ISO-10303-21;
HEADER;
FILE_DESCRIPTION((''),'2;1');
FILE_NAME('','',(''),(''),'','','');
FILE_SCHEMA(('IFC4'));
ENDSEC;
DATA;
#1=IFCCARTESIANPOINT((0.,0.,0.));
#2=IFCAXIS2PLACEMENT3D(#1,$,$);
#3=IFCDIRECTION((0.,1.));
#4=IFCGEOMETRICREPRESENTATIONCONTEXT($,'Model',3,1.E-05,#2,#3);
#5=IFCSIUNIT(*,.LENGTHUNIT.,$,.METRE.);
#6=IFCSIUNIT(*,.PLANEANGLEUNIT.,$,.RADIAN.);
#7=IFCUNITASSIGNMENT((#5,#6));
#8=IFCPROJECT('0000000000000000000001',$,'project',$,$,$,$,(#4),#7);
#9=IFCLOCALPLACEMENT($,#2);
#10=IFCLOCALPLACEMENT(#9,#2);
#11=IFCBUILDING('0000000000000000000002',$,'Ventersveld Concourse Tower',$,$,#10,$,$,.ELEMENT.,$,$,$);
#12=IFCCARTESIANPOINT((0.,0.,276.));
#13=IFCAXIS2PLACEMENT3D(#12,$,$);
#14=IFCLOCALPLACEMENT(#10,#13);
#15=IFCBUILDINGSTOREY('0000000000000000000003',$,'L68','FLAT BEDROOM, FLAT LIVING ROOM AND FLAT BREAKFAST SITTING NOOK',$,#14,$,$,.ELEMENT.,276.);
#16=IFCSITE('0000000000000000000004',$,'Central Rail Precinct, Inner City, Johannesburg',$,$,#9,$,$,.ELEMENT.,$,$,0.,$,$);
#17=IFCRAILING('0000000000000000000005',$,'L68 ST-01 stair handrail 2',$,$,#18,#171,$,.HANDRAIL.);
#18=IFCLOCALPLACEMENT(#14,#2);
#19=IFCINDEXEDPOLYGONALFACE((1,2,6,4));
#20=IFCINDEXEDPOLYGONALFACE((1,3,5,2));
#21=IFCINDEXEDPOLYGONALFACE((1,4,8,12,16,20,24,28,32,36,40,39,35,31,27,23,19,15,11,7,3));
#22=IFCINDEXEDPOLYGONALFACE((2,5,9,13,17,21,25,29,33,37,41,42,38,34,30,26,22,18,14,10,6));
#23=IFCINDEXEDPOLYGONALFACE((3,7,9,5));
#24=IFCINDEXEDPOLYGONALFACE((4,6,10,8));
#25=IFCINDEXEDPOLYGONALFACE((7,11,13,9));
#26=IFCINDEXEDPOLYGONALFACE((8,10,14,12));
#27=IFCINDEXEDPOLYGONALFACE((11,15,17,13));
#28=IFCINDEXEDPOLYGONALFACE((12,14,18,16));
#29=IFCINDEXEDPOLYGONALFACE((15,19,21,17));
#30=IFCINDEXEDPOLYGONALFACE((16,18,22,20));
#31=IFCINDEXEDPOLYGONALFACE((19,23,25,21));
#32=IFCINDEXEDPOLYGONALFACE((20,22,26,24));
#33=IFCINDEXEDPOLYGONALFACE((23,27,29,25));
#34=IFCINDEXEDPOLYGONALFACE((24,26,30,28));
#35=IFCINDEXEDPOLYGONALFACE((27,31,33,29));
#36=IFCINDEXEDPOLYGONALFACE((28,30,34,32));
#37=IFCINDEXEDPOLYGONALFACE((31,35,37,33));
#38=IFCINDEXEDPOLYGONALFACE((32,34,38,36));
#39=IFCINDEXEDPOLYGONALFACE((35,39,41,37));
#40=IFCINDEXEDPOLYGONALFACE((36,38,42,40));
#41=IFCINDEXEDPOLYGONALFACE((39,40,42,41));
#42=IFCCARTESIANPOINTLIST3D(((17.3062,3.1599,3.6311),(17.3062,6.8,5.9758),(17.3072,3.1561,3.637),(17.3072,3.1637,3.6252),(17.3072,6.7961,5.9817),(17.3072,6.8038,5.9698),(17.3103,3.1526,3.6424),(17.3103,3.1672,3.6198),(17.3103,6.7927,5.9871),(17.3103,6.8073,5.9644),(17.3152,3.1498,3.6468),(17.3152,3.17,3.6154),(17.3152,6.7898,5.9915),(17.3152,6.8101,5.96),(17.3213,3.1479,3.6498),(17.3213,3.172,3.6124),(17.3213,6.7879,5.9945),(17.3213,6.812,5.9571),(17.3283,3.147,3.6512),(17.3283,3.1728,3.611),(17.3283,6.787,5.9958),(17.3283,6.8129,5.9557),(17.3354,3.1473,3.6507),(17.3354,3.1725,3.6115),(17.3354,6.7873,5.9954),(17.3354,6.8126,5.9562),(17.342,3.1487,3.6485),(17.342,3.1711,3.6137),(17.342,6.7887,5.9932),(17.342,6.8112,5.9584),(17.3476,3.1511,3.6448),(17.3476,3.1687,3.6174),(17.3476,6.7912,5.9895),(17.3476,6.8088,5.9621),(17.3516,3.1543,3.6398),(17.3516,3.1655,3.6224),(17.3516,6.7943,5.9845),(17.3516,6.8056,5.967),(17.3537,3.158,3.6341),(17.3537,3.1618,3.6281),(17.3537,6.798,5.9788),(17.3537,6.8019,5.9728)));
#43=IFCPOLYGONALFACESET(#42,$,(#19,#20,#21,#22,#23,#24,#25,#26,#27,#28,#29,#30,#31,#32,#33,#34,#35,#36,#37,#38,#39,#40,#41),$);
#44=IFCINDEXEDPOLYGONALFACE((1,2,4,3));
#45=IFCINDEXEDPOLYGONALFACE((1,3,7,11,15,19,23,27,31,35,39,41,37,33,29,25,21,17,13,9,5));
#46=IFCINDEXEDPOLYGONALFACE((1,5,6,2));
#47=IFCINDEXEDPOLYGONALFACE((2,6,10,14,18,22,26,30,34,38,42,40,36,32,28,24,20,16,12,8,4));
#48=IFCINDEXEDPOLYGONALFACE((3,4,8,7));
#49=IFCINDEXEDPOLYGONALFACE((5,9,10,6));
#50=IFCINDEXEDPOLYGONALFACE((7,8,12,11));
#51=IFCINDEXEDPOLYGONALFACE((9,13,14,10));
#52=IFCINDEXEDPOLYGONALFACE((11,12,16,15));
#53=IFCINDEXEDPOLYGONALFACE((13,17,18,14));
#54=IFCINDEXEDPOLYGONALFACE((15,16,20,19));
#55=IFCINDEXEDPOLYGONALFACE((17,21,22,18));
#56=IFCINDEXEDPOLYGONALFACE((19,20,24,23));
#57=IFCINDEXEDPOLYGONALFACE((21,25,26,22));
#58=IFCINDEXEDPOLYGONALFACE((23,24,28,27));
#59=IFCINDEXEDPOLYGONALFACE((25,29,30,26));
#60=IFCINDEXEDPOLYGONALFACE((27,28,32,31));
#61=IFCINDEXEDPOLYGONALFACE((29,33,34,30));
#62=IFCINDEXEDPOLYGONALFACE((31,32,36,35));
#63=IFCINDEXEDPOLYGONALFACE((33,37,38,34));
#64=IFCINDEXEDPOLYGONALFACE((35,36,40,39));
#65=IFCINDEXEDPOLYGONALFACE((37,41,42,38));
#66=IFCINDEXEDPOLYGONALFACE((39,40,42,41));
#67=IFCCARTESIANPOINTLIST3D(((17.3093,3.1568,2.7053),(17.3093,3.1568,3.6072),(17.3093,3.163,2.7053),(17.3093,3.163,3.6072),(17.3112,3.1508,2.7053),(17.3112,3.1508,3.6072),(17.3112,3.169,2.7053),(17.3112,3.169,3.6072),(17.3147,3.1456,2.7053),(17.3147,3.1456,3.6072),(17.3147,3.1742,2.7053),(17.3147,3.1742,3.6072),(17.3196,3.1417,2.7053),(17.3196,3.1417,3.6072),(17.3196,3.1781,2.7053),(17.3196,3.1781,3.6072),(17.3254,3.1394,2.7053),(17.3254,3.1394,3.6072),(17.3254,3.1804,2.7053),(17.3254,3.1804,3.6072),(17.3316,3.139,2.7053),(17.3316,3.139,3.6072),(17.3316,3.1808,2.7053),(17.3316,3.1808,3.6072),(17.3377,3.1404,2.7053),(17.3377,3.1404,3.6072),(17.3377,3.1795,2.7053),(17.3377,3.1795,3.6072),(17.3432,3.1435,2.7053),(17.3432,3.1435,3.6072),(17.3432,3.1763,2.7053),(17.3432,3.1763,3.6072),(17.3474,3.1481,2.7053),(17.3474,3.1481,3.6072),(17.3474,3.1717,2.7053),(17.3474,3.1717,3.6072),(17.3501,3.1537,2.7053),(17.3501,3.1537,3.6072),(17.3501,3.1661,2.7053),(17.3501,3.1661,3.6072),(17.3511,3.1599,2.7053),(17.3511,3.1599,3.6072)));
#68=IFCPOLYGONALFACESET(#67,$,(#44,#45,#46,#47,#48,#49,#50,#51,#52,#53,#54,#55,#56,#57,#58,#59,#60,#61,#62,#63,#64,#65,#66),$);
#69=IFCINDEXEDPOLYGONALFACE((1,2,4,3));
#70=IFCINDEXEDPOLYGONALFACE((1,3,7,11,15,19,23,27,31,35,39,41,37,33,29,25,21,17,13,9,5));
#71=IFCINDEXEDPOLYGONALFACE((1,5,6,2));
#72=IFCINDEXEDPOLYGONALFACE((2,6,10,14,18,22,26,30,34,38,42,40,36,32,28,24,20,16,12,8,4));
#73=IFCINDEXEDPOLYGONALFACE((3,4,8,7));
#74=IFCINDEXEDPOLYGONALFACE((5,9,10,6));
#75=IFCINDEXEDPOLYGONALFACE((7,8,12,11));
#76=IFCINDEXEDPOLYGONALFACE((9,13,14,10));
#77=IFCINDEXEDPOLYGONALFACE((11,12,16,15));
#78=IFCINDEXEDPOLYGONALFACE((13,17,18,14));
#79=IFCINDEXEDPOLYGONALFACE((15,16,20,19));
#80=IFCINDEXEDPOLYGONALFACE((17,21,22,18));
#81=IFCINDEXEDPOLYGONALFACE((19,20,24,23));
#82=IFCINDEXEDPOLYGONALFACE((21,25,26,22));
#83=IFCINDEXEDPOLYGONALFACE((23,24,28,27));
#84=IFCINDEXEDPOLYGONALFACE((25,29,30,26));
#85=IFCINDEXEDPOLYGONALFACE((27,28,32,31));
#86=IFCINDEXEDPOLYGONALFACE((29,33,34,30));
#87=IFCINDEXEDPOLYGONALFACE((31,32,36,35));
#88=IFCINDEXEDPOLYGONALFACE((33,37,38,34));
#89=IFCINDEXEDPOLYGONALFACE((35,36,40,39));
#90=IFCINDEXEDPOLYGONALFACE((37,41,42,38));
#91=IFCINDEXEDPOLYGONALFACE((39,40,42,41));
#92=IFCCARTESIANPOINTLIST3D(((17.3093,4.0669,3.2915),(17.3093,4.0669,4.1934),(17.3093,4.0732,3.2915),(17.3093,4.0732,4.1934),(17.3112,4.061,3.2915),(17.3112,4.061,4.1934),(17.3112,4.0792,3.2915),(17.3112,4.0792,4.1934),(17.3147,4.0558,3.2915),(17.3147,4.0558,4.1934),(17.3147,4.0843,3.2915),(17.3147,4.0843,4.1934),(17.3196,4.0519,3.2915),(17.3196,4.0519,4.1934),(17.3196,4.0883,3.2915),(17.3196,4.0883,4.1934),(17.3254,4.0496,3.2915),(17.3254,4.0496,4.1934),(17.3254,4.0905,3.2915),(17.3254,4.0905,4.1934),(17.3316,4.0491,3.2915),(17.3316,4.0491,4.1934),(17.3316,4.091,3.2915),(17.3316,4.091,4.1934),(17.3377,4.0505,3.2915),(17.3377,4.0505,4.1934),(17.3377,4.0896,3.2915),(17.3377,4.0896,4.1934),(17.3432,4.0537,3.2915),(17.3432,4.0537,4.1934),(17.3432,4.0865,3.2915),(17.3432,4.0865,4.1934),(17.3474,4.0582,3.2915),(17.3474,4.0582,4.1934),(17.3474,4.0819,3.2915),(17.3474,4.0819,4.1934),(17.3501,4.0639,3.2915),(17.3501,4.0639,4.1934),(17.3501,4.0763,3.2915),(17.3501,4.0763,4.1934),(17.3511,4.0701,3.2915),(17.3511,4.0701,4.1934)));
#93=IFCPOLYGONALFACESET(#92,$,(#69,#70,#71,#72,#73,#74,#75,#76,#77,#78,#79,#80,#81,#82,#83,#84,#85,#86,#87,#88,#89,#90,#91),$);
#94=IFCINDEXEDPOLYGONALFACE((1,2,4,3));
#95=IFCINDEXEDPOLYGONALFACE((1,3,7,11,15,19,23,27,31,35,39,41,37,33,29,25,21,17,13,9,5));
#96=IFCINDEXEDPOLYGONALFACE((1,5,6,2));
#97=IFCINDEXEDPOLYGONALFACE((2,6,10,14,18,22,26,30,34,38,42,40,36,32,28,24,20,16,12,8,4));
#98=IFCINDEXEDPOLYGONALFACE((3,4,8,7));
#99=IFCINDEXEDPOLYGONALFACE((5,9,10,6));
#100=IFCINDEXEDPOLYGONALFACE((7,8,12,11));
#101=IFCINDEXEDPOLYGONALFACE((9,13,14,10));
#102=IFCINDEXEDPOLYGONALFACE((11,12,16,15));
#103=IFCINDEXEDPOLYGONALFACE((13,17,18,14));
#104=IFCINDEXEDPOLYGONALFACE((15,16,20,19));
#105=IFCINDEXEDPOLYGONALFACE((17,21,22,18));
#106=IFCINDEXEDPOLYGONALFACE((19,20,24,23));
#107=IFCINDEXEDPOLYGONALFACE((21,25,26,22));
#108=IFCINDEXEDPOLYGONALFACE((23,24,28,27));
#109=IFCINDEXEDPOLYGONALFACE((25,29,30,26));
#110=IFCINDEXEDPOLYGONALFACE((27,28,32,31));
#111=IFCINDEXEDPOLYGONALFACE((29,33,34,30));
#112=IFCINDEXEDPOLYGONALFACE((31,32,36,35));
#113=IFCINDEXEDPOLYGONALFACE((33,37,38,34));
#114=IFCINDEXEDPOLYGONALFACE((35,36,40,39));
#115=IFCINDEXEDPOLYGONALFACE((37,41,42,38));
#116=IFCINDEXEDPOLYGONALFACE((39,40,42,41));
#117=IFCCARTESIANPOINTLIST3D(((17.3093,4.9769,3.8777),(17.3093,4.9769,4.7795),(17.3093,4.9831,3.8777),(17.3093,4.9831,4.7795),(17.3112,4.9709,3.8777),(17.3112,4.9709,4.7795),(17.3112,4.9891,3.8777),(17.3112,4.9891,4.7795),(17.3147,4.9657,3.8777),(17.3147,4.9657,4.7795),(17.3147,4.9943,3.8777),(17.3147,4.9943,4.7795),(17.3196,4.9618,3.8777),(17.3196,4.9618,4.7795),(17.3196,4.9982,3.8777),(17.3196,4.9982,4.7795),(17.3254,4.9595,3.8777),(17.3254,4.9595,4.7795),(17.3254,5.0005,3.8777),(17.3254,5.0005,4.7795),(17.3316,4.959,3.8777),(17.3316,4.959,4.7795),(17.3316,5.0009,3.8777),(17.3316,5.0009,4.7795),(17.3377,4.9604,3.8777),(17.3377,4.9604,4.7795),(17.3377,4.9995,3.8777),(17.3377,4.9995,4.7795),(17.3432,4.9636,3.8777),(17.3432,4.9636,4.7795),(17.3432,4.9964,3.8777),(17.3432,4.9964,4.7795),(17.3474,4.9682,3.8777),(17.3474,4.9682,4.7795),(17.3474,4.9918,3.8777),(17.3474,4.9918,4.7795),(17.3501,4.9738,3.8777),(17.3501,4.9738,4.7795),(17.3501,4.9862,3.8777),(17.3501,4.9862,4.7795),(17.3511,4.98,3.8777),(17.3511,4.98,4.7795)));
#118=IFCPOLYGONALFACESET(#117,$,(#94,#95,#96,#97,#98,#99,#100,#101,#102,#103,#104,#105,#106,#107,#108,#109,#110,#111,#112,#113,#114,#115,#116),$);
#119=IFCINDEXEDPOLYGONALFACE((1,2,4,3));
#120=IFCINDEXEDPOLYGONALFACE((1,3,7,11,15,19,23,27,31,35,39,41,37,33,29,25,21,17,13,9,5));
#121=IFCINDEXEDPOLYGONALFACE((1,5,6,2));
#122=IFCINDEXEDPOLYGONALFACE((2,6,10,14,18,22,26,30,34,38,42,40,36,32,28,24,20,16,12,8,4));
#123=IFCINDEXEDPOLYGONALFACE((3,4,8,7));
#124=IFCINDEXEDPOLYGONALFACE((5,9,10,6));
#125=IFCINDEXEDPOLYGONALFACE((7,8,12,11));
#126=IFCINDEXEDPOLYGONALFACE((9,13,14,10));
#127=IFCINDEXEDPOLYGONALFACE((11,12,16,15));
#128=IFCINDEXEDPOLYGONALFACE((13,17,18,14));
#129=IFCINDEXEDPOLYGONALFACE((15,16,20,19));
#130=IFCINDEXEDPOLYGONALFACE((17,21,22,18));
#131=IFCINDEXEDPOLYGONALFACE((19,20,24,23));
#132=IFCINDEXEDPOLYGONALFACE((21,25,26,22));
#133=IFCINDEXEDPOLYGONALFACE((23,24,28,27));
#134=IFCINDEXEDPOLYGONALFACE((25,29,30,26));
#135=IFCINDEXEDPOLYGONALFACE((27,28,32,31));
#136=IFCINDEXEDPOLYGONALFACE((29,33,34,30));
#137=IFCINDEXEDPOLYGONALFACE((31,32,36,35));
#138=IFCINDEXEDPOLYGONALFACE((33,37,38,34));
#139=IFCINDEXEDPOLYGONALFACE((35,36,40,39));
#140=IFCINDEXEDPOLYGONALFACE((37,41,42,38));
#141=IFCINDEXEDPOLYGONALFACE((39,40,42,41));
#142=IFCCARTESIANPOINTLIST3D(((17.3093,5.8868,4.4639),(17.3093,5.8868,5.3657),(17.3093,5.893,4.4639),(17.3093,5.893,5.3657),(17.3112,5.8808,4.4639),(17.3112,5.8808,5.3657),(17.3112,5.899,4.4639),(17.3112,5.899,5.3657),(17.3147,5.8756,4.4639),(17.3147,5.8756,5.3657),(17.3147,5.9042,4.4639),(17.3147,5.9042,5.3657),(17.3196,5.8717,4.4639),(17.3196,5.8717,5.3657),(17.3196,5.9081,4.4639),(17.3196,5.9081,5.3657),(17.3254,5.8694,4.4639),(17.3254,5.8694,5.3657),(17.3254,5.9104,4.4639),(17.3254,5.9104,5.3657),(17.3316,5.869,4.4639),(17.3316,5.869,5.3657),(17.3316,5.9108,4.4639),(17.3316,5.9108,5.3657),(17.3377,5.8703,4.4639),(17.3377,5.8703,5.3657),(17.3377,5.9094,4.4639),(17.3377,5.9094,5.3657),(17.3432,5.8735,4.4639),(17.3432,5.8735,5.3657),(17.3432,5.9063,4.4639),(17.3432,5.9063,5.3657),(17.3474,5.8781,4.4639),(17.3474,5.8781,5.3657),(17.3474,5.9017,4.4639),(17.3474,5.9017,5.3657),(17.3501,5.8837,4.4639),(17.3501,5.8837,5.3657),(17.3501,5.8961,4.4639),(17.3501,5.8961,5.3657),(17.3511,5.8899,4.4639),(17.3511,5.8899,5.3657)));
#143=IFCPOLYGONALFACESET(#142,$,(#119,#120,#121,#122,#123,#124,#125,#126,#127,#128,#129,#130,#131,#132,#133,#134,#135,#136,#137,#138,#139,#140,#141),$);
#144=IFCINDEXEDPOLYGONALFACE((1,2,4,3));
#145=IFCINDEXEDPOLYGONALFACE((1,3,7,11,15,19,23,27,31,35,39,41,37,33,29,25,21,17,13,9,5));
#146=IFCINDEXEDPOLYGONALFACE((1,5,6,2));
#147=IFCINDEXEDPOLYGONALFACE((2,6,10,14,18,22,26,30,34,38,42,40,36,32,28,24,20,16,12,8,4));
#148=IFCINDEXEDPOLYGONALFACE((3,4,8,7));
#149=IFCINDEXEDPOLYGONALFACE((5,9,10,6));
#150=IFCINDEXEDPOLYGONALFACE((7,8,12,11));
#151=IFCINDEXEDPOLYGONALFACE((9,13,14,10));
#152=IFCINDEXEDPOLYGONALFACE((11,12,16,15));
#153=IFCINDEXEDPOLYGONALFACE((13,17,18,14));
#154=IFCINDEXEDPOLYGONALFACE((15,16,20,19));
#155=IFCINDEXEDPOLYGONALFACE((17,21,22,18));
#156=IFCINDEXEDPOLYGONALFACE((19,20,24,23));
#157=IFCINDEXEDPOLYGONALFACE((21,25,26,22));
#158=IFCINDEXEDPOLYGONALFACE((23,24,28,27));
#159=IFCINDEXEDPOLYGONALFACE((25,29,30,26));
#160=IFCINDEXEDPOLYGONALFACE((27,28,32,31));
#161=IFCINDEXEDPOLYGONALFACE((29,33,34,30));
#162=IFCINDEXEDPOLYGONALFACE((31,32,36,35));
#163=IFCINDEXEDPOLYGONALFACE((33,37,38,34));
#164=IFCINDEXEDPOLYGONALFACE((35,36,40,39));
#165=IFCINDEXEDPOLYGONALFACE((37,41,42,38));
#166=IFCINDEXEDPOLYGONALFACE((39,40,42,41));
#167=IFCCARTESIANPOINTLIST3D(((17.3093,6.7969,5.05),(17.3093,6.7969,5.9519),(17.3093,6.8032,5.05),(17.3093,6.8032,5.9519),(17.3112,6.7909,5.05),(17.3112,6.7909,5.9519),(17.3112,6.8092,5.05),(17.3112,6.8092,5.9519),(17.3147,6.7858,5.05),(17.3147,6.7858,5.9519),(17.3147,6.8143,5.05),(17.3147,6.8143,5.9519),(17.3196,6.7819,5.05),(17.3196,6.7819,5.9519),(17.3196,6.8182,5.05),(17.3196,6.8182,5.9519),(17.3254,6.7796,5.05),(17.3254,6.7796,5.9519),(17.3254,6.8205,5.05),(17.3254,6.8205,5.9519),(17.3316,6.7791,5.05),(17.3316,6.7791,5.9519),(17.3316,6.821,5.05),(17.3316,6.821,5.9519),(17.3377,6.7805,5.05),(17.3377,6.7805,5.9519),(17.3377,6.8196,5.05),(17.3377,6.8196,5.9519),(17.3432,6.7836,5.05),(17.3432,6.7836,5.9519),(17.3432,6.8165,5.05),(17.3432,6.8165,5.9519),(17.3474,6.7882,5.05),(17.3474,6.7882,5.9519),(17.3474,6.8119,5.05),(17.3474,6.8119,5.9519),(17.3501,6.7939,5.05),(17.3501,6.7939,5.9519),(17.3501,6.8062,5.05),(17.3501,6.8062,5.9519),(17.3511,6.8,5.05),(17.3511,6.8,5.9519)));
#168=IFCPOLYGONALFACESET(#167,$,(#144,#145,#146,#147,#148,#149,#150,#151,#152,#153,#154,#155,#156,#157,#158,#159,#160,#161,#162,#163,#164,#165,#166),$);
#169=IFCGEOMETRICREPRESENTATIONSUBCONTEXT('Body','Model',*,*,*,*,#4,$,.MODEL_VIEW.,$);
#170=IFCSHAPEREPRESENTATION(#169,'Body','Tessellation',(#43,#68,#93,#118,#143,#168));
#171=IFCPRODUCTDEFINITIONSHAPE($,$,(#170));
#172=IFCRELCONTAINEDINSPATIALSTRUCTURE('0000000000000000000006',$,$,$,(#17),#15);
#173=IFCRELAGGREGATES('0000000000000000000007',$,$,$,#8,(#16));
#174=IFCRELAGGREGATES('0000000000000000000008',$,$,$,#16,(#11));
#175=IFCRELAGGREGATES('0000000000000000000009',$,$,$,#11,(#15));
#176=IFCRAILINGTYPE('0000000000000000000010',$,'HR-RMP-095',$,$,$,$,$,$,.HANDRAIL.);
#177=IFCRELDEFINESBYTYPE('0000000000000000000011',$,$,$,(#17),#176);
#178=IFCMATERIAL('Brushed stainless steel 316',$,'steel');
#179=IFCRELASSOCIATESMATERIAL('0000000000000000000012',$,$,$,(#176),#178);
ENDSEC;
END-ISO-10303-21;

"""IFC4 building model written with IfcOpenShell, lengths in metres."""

from ifc_helpers import new_model, si_unit, direction, frame, origin, origin_2d, place, context, subcontext, project, spatial, circle, extrude, material, type_object, element, save


model = new_model("IFC4")

# Units and contexts
model_context = context("Model", 3, precision=1e-05, world=origin(), true_north=direction((0.0, 1.0)))
body_context = subcontext(model_context, "Body", "Model", "MODEL_VIEW")
ifc_project = project(units=[si_unit("LENGTHUNIT", "METRE"), si_unit("PLANEANGLEUNIT", "RADIAN")], contexts=[model_context])

# Site, building, storey
site_placement = place(None, origin())
site = spatial("IfcSite", under=ifc_project, at=site_placement, Name="Central Rail Precinct, Inner City, Johannesburg", CompositionType="ELEMENT", RefElevation=0.0)
building_placement = place(site_placement, origin())
building = spatial("IfcBuilding", under=site, at=building_placement, Name="Ventersveld Concourse Tower", CompositionType="ELEMENT")
storey_placement = place(building_placement, frame((0.0, 0.0, 276.0)))
storey = spatial("IfcBuildingStorey", under=building, at=storey_placement, Name="L68", Description="FLAT BEDROOM, FLAT LIVING ROOM AND FLAT BREAKFAST SITTING NOOK", CompositionType="ELEMENT", Elevation=276.0)

# Shared definitions
ifc_material_1 = material(Name="Brushed stainless steel 316", Category="steel")

# Railing
railing_type_1 = type_object("IfcRailingType", Name="HR-RMP-095", PredefinedType="HANDRAIL", material=ifc_material_1)
railing_1_placement = place(storey_placement, frame((17.3301, 3.1599, 2.7053)))
element("IfcRailing", 1, at=railing_1_placement, inside=storey, type_object=railing_type_1, Name="L68 ST-01 stair handrail 2", PredefinedType="HANDRAIL", context=body_context, shape_type="SweptSolid", body=[
    extrude(circle(Radius=0.0239, at=origin_2d()), frame((0.0, 0.0, 0.9258), z_axis=(0.0, 0.840691, 0.541515), x_axis=(-1.0, 0.0, 0.0)), (0.0, 0.0, 1.0), 4.3298),
    extrude(circle(Radius=0.021, at=origin_2d()), origin(), (0.0, 0.0, 1.0), 0.9019),
    extrude(circle(Radius=0.021, at=origin_2d()), frame((0.0, 0.9102, 0.5862)), (0.0, 0.0, 1.0), 0.9019),
    extrude(circle(Radius=0.021, at=origin_2d()), frame((0.0, 1.8201, 1.1724)), (0.0, 0.0, 1.0), 0.9019),
    extrude(circle(Radius=0.021, at=origin_2d()), frame((0.0, 2.73, 1.7585)), (0.0, 0.0, 1.0), 0.9019),
    extrude(circle(Radius=0.021, at=origin_2d()), frame((0.0, 3.6401, 2.3447)), (0.0, 0.0, 1.0), 0.9019),
])

save(model, "model.ifc")
